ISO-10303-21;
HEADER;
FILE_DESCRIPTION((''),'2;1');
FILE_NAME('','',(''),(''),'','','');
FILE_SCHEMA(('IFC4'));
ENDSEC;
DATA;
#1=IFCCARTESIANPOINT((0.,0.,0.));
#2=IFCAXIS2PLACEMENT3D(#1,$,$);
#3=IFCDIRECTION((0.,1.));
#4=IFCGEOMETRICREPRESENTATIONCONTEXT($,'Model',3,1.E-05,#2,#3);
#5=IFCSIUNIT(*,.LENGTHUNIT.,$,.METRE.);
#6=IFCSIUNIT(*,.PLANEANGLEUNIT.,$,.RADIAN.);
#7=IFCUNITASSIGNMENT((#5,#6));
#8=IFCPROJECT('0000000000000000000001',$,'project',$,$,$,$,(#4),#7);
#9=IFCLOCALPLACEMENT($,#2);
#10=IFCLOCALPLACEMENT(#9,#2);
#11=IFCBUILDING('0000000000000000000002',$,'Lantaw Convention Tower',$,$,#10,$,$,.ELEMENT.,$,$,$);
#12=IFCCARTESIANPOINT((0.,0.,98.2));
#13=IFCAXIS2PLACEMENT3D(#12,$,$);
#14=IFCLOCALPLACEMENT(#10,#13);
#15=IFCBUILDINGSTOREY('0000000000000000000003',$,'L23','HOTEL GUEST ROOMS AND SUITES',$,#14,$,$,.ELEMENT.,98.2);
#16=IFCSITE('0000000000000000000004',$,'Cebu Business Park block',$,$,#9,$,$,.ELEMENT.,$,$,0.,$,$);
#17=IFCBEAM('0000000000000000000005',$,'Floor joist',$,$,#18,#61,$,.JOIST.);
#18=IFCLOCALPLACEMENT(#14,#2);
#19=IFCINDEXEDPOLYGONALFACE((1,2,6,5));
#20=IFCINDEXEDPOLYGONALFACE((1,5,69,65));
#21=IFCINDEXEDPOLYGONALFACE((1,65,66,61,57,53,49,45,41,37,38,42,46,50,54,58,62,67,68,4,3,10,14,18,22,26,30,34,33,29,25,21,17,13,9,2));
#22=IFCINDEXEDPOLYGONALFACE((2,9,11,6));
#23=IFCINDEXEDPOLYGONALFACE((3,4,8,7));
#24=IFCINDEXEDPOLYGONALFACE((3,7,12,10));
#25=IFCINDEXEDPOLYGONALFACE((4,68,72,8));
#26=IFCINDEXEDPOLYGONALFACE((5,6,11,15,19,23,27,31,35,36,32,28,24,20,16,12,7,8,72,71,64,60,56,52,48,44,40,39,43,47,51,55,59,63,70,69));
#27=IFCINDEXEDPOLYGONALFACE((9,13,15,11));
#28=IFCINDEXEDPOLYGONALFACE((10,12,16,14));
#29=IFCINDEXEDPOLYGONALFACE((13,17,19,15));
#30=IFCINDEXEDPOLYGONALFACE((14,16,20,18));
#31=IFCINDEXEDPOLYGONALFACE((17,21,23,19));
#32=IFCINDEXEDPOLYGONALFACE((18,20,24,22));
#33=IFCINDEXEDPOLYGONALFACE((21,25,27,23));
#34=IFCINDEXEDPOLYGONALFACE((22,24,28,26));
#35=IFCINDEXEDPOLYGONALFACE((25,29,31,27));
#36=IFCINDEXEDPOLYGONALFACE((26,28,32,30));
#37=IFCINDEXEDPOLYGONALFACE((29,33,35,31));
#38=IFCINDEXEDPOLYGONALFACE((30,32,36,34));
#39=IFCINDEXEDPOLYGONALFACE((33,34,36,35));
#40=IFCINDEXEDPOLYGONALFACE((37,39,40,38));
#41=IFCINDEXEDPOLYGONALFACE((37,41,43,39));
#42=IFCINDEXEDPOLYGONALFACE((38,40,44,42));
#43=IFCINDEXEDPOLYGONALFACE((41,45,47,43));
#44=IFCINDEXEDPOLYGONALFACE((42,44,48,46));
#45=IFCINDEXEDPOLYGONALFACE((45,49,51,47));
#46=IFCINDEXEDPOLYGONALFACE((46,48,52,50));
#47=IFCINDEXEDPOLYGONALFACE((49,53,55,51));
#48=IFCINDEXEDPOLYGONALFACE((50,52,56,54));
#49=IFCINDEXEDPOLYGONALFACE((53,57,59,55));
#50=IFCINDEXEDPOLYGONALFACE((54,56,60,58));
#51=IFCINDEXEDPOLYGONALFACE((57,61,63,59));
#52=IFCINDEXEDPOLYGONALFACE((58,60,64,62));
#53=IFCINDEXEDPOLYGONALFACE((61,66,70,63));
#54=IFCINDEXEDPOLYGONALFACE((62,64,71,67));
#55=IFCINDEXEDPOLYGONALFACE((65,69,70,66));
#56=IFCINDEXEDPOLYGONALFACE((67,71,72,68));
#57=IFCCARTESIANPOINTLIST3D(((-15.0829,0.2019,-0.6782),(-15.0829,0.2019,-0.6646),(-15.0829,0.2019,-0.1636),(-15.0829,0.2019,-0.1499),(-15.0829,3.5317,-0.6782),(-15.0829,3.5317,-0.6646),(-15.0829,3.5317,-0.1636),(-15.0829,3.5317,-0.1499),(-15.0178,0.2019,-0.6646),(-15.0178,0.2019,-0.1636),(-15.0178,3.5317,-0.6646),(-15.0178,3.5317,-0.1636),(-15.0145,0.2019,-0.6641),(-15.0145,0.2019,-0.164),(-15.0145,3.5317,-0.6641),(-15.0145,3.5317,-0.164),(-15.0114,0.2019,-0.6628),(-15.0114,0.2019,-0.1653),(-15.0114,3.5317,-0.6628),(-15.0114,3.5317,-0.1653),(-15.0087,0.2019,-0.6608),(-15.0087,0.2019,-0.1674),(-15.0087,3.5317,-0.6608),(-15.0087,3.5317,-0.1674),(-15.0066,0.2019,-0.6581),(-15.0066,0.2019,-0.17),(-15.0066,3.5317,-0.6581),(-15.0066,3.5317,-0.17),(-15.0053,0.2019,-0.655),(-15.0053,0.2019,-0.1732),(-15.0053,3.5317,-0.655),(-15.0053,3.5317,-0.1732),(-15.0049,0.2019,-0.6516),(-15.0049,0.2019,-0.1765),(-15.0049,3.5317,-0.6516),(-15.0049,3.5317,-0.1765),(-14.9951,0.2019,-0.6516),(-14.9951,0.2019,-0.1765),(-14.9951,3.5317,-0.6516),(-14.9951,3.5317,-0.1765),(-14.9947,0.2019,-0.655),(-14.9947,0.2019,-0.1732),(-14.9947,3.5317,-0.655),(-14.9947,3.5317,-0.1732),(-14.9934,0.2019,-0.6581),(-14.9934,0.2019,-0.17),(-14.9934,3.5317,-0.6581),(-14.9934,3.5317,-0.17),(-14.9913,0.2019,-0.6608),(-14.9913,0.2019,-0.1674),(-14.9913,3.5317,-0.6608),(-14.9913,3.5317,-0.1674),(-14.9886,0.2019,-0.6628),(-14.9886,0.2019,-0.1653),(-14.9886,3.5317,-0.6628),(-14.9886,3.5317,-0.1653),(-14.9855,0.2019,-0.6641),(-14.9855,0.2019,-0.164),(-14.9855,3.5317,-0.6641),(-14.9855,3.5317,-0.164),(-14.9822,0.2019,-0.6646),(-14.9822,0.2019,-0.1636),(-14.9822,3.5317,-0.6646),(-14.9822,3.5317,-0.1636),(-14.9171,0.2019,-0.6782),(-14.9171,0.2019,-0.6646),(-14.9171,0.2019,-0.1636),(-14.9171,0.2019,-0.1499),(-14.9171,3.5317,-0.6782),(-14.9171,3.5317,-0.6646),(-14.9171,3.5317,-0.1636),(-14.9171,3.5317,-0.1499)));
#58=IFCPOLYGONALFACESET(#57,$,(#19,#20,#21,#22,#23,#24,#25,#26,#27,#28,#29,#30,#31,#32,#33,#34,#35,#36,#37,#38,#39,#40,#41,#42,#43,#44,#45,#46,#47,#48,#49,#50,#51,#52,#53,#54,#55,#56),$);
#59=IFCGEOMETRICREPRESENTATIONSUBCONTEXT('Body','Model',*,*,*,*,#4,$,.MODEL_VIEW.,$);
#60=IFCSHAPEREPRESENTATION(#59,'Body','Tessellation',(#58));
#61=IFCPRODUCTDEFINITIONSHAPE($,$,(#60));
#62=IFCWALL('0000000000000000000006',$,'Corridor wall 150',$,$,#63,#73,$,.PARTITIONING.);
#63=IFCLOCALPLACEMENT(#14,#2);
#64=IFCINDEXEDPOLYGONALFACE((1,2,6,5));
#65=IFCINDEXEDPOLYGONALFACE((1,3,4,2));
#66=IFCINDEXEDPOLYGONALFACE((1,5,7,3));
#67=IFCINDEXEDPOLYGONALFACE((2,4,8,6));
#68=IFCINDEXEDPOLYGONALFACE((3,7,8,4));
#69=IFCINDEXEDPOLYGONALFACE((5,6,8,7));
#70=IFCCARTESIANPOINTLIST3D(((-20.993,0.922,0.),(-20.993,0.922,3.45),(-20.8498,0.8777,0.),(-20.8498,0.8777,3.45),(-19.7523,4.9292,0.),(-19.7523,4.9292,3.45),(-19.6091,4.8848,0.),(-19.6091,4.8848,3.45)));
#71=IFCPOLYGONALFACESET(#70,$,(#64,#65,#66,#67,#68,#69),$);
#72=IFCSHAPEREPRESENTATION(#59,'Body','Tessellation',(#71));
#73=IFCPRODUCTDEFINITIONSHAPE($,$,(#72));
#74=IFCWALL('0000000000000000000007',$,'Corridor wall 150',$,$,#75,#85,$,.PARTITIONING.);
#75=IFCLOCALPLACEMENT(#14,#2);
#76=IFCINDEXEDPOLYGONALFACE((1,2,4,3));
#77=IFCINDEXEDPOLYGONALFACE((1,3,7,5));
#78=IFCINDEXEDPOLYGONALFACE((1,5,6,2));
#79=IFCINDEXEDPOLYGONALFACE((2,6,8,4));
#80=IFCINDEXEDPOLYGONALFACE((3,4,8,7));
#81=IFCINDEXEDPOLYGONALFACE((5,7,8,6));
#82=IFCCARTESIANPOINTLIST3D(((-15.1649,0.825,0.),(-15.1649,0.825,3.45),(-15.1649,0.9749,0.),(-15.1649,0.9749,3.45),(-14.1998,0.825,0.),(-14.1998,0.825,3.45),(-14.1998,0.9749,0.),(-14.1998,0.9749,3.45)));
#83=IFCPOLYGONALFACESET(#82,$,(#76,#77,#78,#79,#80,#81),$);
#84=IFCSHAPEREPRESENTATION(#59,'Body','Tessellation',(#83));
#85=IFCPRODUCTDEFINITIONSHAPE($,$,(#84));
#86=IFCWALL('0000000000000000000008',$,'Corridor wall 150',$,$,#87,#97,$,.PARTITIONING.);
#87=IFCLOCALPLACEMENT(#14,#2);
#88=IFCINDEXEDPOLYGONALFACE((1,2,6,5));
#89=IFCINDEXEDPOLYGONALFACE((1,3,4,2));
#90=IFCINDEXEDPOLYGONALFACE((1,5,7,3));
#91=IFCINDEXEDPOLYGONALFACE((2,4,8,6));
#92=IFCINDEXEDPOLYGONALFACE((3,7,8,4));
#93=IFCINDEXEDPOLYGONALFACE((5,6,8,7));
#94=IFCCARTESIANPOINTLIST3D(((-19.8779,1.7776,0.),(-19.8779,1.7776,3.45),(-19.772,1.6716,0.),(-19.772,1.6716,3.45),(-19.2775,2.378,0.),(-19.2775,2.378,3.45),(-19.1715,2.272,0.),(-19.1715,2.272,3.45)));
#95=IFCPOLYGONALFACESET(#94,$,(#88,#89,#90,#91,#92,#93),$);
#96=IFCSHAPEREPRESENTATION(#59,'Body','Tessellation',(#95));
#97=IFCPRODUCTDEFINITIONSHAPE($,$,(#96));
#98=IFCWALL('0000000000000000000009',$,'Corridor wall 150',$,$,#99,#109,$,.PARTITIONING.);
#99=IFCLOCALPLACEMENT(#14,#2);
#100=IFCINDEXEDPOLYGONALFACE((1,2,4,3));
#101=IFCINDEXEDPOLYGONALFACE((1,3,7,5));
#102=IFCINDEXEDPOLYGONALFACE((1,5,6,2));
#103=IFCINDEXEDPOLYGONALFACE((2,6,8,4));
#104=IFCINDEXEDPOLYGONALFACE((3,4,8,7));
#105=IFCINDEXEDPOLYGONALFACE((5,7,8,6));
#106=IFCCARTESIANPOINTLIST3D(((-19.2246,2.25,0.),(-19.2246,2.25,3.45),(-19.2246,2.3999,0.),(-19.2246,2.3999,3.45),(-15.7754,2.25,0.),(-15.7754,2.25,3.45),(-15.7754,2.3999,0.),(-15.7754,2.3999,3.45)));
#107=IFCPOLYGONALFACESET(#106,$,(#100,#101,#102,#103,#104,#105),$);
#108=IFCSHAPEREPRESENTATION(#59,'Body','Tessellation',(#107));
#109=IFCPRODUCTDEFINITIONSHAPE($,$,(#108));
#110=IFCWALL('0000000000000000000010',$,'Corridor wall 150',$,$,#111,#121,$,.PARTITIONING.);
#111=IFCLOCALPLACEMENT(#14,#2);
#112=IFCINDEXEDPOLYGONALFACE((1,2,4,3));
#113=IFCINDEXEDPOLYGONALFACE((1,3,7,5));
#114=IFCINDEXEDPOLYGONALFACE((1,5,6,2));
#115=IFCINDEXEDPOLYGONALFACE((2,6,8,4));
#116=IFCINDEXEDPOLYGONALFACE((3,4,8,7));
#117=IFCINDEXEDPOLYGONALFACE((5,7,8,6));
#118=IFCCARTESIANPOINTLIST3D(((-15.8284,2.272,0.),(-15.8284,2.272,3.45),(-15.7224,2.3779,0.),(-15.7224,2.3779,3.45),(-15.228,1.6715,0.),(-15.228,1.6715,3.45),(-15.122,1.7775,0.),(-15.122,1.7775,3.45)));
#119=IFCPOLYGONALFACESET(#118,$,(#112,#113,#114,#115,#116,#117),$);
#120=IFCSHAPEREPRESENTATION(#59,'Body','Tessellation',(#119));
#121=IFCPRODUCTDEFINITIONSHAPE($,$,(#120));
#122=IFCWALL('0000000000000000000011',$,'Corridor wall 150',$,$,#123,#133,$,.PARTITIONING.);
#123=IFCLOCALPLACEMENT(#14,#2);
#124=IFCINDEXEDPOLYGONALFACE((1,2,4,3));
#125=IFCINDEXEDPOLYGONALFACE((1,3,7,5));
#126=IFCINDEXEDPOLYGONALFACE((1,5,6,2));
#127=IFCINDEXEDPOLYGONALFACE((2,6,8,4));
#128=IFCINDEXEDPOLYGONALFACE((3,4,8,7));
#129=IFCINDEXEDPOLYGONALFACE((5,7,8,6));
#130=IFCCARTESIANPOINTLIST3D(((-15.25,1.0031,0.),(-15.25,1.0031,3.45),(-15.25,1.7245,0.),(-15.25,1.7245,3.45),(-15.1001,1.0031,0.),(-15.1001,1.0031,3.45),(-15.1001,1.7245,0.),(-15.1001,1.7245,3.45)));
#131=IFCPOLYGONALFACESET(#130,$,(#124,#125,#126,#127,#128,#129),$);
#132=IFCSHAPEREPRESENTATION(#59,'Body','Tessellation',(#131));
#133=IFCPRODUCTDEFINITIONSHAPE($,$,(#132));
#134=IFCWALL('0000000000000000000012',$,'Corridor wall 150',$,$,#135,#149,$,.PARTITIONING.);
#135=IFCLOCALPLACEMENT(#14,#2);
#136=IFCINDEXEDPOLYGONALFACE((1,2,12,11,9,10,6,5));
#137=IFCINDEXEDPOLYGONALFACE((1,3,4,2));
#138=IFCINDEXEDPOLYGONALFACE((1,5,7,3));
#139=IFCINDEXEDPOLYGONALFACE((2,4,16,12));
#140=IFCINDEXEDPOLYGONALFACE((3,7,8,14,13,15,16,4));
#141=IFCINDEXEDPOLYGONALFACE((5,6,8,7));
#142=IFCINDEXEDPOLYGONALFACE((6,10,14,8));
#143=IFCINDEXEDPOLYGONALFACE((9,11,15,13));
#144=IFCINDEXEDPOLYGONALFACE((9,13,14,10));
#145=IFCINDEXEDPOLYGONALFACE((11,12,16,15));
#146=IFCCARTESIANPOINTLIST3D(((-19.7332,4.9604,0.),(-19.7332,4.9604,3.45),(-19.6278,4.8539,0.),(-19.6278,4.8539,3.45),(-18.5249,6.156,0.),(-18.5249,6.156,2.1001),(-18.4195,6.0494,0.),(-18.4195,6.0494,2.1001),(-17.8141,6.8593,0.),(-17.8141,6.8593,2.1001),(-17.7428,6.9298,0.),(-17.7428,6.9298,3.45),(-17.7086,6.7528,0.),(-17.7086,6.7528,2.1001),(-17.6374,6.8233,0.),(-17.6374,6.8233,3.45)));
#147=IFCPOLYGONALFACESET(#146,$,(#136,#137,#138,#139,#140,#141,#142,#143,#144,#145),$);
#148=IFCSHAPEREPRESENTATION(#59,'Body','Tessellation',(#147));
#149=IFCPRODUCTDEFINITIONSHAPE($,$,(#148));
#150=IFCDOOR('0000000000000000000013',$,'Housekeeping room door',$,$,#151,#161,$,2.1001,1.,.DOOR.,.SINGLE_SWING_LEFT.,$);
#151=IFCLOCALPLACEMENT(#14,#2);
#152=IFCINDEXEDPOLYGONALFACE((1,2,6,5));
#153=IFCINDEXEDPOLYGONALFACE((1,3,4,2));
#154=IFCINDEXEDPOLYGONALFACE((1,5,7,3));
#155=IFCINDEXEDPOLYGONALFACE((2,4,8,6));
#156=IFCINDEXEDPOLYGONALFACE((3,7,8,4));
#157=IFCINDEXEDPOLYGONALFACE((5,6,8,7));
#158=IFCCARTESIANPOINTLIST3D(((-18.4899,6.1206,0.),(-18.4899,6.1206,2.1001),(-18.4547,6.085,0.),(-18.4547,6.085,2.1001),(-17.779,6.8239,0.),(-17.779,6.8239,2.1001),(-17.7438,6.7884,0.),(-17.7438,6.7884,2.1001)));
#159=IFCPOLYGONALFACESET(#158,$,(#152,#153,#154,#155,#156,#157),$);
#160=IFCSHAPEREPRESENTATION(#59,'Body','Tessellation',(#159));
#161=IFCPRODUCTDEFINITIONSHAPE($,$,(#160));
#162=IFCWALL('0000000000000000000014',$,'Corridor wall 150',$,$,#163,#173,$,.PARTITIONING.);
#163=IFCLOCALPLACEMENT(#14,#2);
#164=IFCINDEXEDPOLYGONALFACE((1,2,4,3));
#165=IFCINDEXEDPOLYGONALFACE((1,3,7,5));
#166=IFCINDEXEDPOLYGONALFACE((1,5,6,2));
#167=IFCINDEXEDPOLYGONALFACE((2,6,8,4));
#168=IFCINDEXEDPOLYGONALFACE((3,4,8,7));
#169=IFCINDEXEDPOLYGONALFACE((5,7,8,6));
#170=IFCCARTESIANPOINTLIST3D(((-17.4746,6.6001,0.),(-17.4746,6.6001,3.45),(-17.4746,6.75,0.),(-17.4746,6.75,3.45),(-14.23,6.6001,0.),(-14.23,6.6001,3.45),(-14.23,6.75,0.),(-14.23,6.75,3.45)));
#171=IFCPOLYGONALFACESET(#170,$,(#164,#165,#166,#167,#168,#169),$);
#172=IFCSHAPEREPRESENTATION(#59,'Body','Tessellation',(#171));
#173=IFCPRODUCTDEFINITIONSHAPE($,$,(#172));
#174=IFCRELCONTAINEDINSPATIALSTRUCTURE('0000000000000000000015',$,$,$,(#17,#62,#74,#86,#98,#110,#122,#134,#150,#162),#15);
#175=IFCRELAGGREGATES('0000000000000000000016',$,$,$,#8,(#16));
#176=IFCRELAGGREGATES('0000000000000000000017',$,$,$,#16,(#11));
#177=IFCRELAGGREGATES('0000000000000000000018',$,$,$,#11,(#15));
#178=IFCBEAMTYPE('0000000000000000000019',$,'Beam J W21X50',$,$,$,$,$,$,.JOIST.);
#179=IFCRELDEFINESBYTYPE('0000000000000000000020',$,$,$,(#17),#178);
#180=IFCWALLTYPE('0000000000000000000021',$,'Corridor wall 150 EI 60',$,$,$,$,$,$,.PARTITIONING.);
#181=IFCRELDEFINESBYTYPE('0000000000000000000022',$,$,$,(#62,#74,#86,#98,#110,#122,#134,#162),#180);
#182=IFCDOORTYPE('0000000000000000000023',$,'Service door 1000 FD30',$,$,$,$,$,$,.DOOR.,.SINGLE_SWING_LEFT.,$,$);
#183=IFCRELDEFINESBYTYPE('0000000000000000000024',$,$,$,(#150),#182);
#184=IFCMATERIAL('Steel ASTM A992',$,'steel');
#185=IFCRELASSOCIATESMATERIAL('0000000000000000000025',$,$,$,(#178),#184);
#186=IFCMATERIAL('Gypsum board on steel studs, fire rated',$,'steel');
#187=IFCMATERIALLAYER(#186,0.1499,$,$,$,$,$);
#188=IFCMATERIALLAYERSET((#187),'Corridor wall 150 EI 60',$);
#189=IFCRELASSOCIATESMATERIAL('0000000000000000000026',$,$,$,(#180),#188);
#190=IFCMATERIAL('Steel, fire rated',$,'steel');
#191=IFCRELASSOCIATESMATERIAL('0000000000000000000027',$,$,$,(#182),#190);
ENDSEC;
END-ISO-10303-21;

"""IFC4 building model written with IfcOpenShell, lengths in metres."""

from ifc_helpers import new_model, si_unit, direction, frame, frame_2d, origin, origin_2d, place, context, subcontext, project, spatial, rectangle, i_section, extrude, material, layer, layer_set, material_profile, profile_set, type_object, element, fill, save


model = new_model("IFC4")

# Units and contexts
model_context = context("Model", 3, precision=1e-05, world=origin(), true_north=direction((0.0, 1.0)))
body_context = subcontext(model_context, "Body", "Model", "MODEL_VIEW")
ifc_project = project(units=[si_unit("LENGTHUNIT", "METRE"), si_unit("PLANEANGLEUNIT", "RADIAN")], contexts=[model_context])

# Site, building, storey
site_placement = place(None, origin())
site = spatial("IfcSite", under=ifc_project, at=site_placement, Name="Cebu Business Park block", CompositionType="ELEMENT", RefElevation=0.0)
building_placement = place(site_placement, origin())
building = spatial("IfcBuilding", under=site, at=building_placement, Name="Lantaw Convention Tower", CompositionType="ELEMENT")
storey_placement = place(building_placement, frame((0.0, 0.0, 98.2)))
storey = spatial("IfcBuildingStorey", under=building, at=storey_placement, Name="L23", Description="HOTEL GUEST ROOMS AND SUITES", CompositionType="ELEMENT", Elevation=98.2)

# Beam
ifc_material_1 = material(Name="Steel ASTM A992", Category="steel")
ifc_material_profile_1 = material_profile(ifc_material_1, i_section(OverallWidth=0.1658, OverallDepth=0.5283, WebThickness=0.0098, FlangeThickness=0.0137, FilletRadius=0.0129, at=origin_2d()), Name="W21X50")
ifc_profile_set_1 = profile_set([ifc_material_profile_1], Name="Steel ASTM A992")
beam_type_1 = type_object("IfcBeamType", Name="Beam J W21X50", PredefinedType="JOIST", material=ifc_profile_set_1)
beam_1_placement = place(storey_placement, frame((-15.0, 0.2019, -0.4141), z_axis=(0.0, 1.0, 0.0), x_axis=(-1.0, 0.0, 0.0)))
element("IfcBeam", 1, at=beam_1_placement, inside=storey, type_object=beam_type_1, Name="Floor joist", PredefinedType="JOIST", context=body_context, shape_type="SweptSolid", body=[
    extrude(i_section(OverallWidth=0.1658, OverallDepth=0.5283, WebThickness=0.0098, FlangeThickness=0.0137, FilletRadius=0.0129, at=origin_2d()), origin(), (0.0, 0.0, 1.0), 3.3298),
])

# Walls
ifc_material_2 = material(Name="Gypsum board on steel studs, fire rated", Category="steel")
ifc_layer_1 = layer(ifc_material_2, 0.1499)
ifc_layer_set_1 = layer_set([ifc_layer_1], Name="Corridor wall 150 EI 60")
wall_type_1 = type_object("IfcWallType", Name="Corridor wall 150 EI 60", PredefinedType="PARTITIONING", material=ifc_layer_set_1)
wall_1_placement = place(storey_placement, frame((-19.6807, 4.907, 0.0), z_axis=(0.0, 0.0, 1.0), x_axis=(-0.295779, -0.955257, 0.0)))
element("IfcWall", 2, at=wall_1_placement, inside=storey, type_object=wall_type_1, Name="Corridor wall 150", PredefinedType="PARTITIONING", context=body_context, shape_type="SweptSolid", body=[
    extrude(rectangle(XDim=4.1948, YDim=0.1499, at=frame_2d((2.0974, 0.0))), origin(), (0.0, 0.0, 1.0), 3.45),
])
wall_2_placement = place(storey_placement, frame((-14.2, 0.8999, 0.0), z_axis=(0.0, 0.0, 1.0), x_axis=(-1.0, 0.0, 0.0)))
element("IfcWall", 3, at=wall_2_placement, inside=storey, type_object=wall_type_1, Name="Corridor wall 150", PredefinedType="PARTITIONING", context=body_context, shape_type="SweptSolid", body=[
    extrude(rectangle(XDim=0.9651, YDim=0.1499, at=frame_2d((0.4824, 0.0))), origin(), (0.0, 0.0, 1.0), 3.45),
])
wall_3_placement = place(storey_placement, frame((-19.825, 1.7246, 0.0), z_axis=(0.0, 0.0, 1.0), x_axis=(0.707107, 0.707107, 0.0)))
element("IfcWall", 4, at=wall_3_placement, inside=storey, type_object=wall_type_1, Name="Corridor wall 150", PredefinedType="PARTITIONING", context=body_context, shape_type="SweptSolid", body=[
    extrude(rectangle(XDim=0.8491, YDim=0.1499, at=frame_2d((0.4246, 0.0))), origin(), (0.0, 0.0, 1.0), 3.45),
])
wall_4_placement = place(storey_placement, frame((-19.2246, 2.325, 0.0), z_axis=(0.0, 0.0, 1.0), x_axis=(1.0, 0.0, 0.0)))
element("IfcWall", 5, at=wall_4_placement, inside=storey, type_object=wall_type_1, Name="Corridor wall 150", PredefinedType="PARTITIONING", context=body_context, shape_type="SweptSolid", body=[
    extrude(rectangle(XDim=3.4492, YDim=0.1499, at=frame_2d((1.7246, 0.0))), origin(), (0.0, 0.0, 1.0), 3.45),
])
wall_5_placement = place(storey_placement, frame((-15.7754, 2.325, 0.0), z_axis=(0.0, 0.0, 1.0), x_axis=(0.707107, -0.707107, 0.0)))
element("IfcWall", 6, at=wall_5_placement, inside=storey, type_object=wall_type_1, Name="Corridor wall 150", PredefinedType="PARTITIONING", context=body_context, shape_type="SweptSolid", body=[
    extrude(rectangle(XDim=0.8491, YDim=0.1499, at=frame_2d((0.4246, 0.0))), origin(), (0.0, 0.0, 1.0), 3.45),
])
wall_6_placement = place(storey_placement, frame((-15.175, 1.7246, 0.0), z_axis=(0.0, 0.0, 1.0), x_axis=(0.0, -1.0, 0.0)))
element("IfcWall", 7, at=wall_6_placement, inside=storey, type_object=wall_type_1, Name="Corridor wall 150", PredefinedType="PARTITIONING", context=body_context, shape_type="SweptSolid", body=[
    extrude(rectangle(XDim=0.7214, YDim=0.1499, at=frame_2d((0.3608, 0.0))), origin(), (0.0, 0.0, 1.0), 3.45),
])

# Wall, opening, door
wall_7_placement = place(storey_placement, frame((-17.6902, 6.8765, 0.0), z_axis=(0.0, 0.0, 1.0), x_axis=(-0.710846, -0.703348, 0.0)))
wall_7 = element("IfcWall", 8, at=wall_7_placement, inside=storey, type_object=wall_type_1, Name="Corridor wall 150", PredefinedType="PARTITIONING", context=body_context, shape_type="SweptSolid", body=[
    extrude(rectangle(XDim=2.8, YDim=0.1499, at=frame_2d((1.3999, 0.0))), origin(), (0.0, 0.0, 1.0), 3.45),
])
opening_1_placement = place(wall_7_placement, frame((0.1001, 0.0, 0.0)))
opening_1 = element("IfcOpeningElement", 9, at=opening_1_placement, cuts=wall_7, PredefinedType="OPENING", context=body_context, shape_type="SweptSolid", body=[
    extrude(rectangle(XDim=1.0, YDim=2.1001, at=frame_2d((0.5, 1.05))), frame((0.0, 0.085, 0.0), z_axis=(0.0, -1.0, 0.0), x_axis=(1.0, 0.0, 0.0)), (0.0, 0.0, 1.0), 0.1699),
])
ifc_material_3 = material(Name="Steel, fire rated", Category="steel")
door_type_1 = type_object("IfcDoorType", Name="Service door 1000 FD30", OperationType="SINGLE_SWING_LEFT", PredefinedType="DOOR", material=ifc_material_3)
door_1_placement = place(opening_1_placement, origin())
door_1 = element("IfcDoor", 10, at=door_1_placement, inside=storey, type_object=door_type_1, Name="Housekeeping room door", OperationType="SINGLE_SWING_LEFT", OverallHeight=2.1001, OverallWidth=1.0, PredefinedType="DOOR", context=body_context, shape_type="SweptSolid", body=[
    extrude(rectangle(XDim=1.0, YDim=2.1001, at=frame_2d((0.5, 1.05))), frame((0.0, 0.0249, 0.0), z_axis=(0.0, -1.0, 0.0), x_axis=(1.0, 0.0, 0.0)), (0.0, 0.0, 1.0), 0.05),
])
fill(opening_1, door_1)

# Wall
wall_8_placement = place(storey_placement, frame((-14.23, 6.675, 0.0), z_axis=(0.0, 0.0, 1.0), x_axis=(-1.0, 0.0, 0.0)))
element("IfcWall", 11, at=wall_8_placement, inside=storey, type_object=wall_type_1, Name="Corridor wall 150", PredefinedType="PARTITIONING", context=body_context, shape_type="SweptSolid", body=[
    extrude(rectangle(XDim=3.2446, YDim=0.1499, at=frame_2d((1.6223, 0.0))), origin(), (0.0, 0.0, 1.0), 3.45),
])

save(model, "model.ifc")
